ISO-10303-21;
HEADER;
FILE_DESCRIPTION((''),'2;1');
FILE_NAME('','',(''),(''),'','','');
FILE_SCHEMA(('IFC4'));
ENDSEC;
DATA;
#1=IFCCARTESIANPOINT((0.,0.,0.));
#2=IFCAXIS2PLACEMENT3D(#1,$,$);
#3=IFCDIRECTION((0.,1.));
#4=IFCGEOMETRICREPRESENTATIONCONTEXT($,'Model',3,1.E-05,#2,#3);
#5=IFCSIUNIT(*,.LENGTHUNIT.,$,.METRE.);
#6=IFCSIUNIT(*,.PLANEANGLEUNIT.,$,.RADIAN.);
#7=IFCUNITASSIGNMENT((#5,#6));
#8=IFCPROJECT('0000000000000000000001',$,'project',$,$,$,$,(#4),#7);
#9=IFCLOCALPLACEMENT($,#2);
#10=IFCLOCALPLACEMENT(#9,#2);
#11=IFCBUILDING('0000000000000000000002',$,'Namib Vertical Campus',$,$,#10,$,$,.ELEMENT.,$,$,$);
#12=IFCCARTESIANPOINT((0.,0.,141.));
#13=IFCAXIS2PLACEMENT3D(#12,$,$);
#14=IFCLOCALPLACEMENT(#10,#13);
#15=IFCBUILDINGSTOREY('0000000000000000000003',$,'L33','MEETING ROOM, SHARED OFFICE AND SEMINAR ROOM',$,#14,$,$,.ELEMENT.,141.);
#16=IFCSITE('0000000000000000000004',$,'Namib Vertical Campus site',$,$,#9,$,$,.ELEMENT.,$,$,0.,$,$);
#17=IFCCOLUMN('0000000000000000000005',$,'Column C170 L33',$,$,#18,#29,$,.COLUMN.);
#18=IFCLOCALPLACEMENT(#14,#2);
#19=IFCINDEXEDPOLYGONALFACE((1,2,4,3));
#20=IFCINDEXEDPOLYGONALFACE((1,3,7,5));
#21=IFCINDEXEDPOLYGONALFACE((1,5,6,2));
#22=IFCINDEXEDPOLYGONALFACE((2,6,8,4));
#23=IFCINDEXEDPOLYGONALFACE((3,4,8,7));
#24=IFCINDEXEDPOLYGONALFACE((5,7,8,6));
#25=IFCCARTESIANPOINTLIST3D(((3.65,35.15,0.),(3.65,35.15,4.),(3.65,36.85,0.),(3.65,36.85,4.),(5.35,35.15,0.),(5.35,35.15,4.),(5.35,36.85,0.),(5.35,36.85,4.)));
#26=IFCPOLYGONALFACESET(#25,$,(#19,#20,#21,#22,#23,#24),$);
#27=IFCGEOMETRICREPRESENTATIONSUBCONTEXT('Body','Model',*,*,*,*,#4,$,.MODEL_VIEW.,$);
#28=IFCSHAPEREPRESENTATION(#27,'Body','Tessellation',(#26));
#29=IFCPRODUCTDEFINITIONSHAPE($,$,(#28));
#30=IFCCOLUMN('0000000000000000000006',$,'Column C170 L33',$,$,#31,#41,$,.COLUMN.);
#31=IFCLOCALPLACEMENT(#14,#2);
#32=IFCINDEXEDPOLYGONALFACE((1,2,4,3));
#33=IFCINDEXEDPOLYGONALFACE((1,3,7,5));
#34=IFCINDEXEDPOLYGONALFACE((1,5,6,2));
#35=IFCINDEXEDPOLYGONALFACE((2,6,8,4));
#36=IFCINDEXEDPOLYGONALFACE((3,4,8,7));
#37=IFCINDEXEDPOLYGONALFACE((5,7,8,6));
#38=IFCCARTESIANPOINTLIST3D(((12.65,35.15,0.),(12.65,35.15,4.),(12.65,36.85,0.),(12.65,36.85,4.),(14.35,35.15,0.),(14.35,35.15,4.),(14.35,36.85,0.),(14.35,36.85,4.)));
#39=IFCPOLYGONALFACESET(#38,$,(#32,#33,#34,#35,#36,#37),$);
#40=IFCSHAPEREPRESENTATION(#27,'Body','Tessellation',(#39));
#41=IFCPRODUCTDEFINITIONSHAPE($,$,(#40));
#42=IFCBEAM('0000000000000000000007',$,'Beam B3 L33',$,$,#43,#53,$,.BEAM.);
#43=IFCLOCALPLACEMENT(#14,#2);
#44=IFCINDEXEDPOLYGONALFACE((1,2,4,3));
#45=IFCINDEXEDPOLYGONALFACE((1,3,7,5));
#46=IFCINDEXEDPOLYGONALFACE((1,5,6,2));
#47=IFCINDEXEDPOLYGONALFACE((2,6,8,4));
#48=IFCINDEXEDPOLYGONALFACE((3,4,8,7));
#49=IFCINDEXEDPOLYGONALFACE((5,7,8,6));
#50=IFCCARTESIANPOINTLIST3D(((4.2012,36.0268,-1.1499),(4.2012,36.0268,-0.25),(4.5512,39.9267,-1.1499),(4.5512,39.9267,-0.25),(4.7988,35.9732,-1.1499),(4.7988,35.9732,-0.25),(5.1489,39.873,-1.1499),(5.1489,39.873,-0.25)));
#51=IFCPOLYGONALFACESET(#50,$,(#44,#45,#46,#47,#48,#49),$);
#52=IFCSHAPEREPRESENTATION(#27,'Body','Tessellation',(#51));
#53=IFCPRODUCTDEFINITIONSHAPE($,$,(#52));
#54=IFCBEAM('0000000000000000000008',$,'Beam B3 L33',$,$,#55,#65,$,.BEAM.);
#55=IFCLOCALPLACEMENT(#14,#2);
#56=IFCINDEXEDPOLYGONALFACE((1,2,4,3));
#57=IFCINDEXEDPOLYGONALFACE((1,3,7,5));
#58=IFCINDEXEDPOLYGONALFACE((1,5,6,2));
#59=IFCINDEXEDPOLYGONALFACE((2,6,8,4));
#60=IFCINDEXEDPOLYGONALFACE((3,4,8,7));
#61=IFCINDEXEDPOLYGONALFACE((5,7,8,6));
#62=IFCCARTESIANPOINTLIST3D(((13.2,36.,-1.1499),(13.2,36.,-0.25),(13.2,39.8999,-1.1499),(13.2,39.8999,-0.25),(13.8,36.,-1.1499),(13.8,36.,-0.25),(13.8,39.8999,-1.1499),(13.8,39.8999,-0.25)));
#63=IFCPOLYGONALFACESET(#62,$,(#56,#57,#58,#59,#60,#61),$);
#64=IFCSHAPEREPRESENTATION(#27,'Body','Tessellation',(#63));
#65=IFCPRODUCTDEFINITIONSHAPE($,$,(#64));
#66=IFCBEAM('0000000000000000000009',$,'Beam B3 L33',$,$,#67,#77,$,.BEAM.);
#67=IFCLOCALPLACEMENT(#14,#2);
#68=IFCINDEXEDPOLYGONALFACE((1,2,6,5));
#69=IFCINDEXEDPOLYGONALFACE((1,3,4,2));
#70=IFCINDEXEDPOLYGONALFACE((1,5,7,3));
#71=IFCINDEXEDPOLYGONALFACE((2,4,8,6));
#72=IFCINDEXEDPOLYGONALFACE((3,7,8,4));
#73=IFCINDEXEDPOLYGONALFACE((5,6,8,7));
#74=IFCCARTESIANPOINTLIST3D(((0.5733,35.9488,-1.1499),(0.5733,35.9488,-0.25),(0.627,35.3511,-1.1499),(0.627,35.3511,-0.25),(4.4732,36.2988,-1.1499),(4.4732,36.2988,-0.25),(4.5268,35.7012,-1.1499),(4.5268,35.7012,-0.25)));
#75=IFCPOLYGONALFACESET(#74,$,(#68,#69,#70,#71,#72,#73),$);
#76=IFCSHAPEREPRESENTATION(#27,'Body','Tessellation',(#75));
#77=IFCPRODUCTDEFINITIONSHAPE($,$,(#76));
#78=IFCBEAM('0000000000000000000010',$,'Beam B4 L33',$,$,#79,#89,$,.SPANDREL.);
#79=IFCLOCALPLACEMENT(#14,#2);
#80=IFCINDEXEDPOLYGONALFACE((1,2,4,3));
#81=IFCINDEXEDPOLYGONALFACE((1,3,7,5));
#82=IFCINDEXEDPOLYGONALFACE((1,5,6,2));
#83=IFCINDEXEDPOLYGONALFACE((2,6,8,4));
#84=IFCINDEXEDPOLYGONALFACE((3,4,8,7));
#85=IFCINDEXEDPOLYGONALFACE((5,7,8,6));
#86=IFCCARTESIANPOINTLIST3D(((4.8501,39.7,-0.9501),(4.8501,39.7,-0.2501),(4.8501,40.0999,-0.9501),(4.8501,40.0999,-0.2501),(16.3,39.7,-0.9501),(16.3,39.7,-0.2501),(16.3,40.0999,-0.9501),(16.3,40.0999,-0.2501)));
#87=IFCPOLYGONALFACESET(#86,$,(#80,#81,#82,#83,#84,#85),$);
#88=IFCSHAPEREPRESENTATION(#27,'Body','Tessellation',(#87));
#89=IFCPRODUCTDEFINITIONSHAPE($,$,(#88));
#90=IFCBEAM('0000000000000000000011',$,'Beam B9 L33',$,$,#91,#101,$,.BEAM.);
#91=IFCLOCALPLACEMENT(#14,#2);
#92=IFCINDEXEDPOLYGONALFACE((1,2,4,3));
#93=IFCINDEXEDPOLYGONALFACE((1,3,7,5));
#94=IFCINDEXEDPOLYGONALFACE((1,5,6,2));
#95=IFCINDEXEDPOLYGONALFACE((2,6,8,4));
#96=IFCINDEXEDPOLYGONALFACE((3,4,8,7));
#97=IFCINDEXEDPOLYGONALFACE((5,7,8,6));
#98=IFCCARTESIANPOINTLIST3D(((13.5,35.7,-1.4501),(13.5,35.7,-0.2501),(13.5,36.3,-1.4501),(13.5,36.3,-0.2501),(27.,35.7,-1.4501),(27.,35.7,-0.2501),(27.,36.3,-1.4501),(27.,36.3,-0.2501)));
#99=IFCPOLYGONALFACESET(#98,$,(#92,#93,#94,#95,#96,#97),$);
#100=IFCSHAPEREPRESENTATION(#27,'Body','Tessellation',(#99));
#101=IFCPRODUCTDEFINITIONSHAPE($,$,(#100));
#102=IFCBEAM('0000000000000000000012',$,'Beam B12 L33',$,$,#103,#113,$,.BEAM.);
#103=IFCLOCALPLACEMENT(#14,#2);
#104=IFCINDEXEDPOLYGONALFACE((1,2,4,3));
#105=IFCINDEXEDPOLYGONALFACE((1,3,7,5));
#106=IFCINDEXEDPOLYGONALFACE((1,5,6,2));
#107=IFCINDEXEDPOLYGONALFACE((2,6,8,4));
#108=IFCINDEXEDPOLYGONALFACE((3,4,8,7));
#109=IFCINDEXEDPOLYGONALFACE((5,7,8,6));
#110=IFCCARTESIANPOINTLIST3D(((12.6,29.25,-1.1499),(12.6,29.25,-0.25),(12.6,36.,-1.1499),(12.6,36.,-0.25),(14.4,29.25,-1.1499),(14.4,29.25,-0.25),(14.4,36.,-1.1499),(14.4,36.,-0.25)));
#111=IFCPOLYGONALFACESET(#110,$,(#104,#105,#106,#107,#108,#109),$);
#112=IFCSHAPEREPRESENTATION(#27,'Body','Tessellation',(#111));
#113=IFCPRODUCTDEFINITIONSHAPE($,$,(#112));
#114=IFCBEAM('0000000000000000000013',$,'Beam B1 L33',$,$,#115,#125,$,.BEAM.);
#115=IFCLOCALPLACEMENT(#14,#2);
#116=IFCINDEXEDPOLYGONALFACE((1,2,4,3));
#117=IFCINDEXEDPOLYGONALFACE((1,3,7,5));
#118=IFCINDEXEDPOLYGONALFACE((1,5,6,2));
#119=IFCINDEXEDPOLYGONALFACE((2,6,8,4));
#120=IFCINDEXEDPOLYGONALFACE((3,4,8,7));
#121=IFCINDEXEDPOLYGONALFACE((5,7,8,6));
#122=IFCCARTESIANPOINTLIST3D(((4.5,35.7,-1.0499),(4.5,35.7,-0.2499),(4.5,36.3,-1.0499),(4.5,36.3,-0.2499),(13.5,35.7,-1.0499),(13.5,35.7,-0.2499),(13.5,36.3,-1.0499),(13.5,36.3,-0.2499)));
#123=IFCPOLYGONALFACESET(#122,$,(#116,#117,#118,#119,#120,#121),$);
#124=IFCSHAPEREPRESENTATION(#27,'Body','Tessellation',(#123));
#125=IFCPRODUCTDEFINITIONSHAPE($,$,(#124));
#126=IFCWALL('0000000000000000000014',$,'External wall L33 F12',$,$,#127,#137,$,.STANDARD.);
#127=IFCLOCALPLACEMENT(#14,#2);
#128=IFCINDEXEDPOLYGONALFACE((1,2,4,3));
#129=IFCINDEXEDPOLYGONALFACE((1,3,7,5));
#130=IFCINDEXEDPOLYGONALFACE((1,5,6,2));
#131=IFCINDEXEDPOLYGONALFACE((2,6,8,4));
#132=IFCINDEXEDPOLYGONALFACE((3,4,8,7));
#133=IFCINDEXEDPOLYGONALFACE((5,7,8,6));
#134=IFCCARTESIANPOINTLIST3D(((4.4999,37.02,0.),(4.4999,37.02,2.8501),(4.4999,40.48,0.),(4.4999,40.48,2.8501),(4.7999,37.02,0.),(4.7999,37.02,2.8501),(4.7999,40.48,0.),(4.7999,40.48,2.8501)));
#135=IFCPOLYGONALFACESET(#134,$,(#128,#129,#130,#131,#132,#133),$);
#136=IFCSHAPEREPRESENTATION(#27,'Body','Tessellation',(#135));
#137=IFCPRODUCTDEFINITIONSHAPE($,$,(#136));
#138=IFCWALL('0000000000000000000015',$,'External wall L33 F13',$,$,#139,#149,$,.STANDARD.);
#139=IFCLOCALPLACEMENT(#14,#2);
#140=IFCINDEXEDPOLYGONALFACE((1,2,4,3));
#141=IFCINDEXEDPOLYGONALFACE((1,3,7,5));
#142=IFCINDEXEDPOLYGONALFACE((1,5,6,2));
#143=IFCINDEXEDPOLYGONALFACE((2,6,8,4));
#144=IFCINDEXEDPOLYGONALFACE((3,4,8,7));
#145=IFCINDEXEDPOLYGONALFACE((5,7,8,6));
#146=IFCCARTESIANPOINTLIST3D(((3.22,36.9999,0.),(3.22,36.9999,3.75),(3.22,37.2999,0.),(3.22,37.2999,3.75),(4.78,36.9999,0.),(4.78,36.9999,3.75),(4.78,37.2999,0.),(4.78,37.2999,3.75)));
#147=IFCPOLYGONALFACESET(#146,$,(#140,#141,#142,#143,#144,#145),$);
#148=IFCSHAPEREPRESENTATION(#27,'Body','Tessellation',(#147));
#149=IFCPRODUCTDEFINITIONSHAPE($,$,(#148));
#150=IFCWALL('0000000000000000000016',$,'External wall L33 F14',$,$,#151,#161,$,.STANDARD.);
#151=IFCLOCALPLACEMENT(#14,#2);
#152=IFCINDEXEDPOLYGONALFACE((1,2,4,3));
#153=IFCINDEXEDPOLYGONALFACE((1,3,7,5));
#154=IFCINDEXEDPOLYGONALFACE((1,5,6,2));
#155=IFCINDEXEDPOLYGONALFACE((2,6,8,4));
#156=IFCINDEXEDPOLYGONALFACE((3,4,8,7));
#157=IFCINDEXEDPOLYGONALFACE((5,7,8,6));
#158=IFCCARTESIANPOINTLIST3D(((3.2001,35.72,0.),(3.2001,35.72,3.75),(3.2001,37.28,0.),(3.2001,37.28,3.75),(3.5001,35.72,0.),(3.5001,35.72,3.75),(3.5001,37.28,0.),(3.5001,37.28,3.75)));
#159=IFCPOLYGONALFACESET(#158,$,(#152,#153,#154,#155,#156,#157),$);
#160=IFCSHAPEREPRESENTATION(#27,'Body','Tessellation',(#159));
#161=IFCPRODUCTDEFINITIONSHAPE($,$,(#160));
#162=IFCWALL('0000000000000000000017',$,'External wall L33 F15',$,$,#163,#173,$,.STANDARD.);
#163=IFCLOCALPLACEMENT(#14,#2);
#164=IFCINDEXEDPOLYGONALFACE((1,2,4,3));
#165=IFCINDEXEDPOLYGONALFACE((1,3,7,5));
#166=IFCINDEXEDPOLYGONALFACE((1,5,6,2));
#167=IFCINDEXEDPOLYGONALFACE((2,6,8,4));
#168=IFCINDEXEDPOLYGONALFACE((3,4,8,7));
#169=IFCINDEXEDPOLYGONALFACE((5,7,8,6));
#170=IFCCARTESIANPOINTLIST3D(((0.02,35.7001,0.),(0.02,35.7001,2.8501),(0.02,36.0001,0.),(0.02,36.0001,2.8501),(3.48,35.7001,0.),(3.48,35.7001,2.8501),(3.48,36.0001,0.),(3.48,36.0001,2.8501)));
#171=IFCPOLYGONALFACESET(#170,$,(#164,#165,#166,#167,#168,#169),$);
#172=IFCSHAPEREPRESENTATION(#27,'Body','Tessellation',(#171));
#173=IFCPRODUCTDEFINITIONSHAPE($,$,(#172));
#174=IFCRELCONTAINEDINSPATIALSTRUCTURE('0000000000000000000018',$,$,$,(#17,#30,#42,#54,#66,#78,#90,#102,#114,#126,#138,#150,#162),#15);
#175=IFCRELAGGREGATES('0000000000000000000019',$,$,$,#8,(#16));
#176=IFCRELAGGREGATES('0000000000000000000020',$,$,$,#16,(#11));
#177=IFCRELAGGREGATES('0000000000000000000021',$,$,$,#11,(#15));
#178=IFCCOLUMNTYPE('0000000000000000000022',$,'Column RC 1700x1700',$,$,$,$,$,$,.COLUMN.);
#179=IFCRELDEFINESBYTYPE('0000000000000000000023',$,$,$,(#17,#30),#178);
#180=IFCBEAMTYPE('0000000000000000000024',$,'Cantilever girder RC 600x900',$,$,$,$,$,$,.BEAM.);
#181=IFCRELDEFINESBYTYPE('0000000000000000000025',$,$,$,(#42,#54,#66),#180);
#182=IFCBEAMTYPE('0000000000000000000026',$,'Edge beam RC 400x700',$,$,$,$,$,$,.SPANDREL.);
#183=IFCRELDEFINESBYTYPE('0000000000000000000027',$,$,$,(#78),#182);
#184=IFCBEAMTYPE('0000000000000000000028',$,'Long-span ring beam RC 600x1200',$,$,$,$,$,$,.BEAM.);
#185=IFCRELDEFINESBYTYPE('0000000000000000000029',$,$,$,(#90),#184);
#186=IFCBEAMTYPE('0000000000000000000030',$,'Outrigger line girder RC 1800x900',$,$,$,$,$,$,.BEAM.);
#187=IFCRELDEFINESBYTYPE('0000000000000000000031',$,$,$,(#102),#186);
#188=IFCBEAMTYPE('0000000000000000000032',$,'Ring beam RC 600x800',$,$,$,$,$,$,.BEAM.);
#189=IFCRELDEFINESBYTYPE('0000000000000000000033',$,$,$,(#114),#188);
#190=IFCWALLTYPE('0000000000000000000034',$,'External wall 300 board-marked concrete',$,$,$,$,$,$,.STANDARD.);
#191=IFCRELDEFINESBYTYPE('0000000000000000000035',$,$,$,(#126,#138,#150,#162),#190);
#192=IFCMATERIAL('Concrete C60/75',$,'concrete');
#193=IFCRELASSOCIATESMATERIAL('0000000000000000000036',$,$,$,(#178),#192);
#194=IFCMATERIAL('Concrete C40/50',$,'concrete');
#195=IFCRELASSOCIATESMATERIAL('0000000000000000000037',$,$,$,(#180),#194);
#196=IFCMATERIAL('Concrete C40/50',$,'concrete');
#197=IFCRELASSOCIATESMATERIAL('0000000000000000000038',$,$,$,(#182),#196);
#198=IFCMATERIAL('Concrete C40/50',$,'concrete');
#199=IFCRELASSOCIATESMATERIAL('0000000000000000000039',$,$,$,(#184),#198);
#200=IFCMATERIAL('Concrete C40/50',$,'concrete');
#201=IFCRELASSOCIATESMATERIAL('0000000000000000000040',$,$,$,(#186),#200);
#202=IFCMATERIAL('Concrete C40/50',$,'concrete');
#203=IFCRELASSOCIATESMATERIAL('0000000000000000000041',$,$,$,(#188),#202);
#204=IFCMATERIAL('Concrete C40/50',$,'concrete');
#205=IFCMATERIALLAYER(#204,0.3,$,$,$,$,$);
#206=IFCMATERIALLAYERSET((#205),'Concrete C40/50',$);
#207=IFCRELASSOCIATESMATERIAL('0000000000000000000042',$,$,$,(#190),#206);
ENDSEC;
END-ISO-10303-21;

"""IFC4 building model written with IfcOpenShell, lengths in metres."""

from ifc_helpers import new_model, si_unit, direction, frame, frame_2d, origin, origin_2d, place, context, subcontext, project, spatial, rectangle, extrude, material, layer, layer_set, material_profile, profile_set, type_object, element, save


model = new_model("IFC4")

# Units and contexts
model_context = context("Model", 3, precision=1e-05, world=origin(), true_north=direction((0.0, 1.0)))
body_context = subcontext(model_context, "Body", "Model", "MODEL_VIEW")
ifc_project = project(units=[si_unit("LENGTHUNIT", "METRE"), si_unit("PLANEANGLEUNIT", "RADIAN")], contexts=[model_context])

# Site, building, storey
site_placement = place(None, origin())
site = spatial("IfcSite", under=ifc_project, at=site_placement, Name="Namib Vertical Campus site", CompositionType="ELEMENT", RefElevation=0.0)
building_placement = place(site_placement, origin())
building = spatial("IfcBuilding", under=site, at=building_placement, Name="Namib Vertical Campus", CompositionType="ELEMENT")
storey_placement = place(building_placement, frame((0.0, 0.0, 141.0)))
storey = spatial("IfcBuildingStorey", under=building, at=storey_placement, Name="L33", Description="MEETING ROOM, SHARED OFFICE AND SEMINAR ROOM", CompositionType="ELEMENT", Elevation=141.0)

# Columns
ifc_material_1 = material(Name="Concrete C60/75", Category="concrete")
ifc_material_profile_1 = material_profile(ifc_material_1, rectangle(XDim=1.7, YDim=1.7, at=origin_2d()))
ifc_profile_set_1 = profile_set([ifc_material_profile_1], Name="Concrete C60/75")
column_type = type_object("IfcColumnType", Name="Column RC 1700x1700", PredefinedType="COLUMN", material=ifc_profile_set_1)
for number, where, z_axis, x_axis, name in (
    (1, (4.5, 36.0, 0.0), (0.0, 0.0, 1.0), (1.0, 0.0, 0.0), "Column C170 L33"),
    (2, (13.5, 36.0, 0.0), (0.0, 0.0, 1.0), (1.0, 0.0, 0.0), "Column C170 L33"),
):
    element("IfcColumn", number, at=place(storey_placement, frame(where, z_axis=z_axis, x_axis=x_axis)), inside=storey, type_object=column_type, Name=name, PredefinedType="COLUMN", context=body_context, shape_type="SweptSolid", body=[
        extrude(rectangle(XDim=1.7, YDim=1.7, at=origin_2d()), origin(), (0.0, 0.0, 1.0), 4.0),
    ])

# Beams
ifc_material_2 = material(Name="Concrete C40/50", Category="concrete")
ifc_material_profile_2 = material_profile(ifc_material_2, rectangle(XDim=0.6001, YDim=0.8999, at=origin_2d()))
ifc_profile_set_2 = profile_set([ifc_material_profile_2], Name="Concrete C40/50")
beam_type_1 = type_object("IfcBeamType", Name="Cantilever girder RC 600x900", PredefinedType="BEAM", material=ifc_profile_set_2)
beam_1_placement = place(storey_placement, frame((4.5, 36.0, -0.7), z_axis=(0.089411, 0.995995, 0.0), x_axis=(-0.995995, 0.089411, 0.0)))
element("IfcBeam", 3, at=beam_1_placement, inside=storey, type_object=beam_type_1, Name="Beam B3 L33", PredefinedType="BEAM", context=body_context, shape_type="SweptSolid", body=[
    extrude(rectangle(XDim=0.6001, YDim=0.8999, at=origin_2d()), origin(), (0.0, 0.0, 1.0), 3.9155),
])
beam_2_placement = place(storey_placement, frame((13.5, 36.0, -0.7), z_axis=(0.0, 1.0, 0.0), x_axis=(-1.0, 0.0, 0.0)))
element("IfcBeam", 4, at=beam_2_placement, inside=storey, type_object=beam_type_1, Name="Beam B3 L33", PredefinedType="BEAM", context=body_context, shape_type="SweptSolid", body=[
    extrude(rectangle(XDim=0.6001, YDim=0.8999, at=origin_2d()), origin(), (0.0, 0.0, 1.0), 3.8999),
])
beam_3_placement = place(storey_placement, frame((4.5, 36.0, -0.7), z_axis=(-0.995995, -0.089411, 0.0), x_axis=(0.089411, -0.995995, 0.0)))
element("IfcBeam", 5, at=beam_3_placement, inside=storey, type_object=beam_type_1, Name="Beam B3 L33", PredefinedType="BEAM", context=body_context, shape_type="SweptSolid", body=[
    extrude(rectangle(XDim=0.6001, YDim=0.8999, at=origin_2d()), origin(), (0.0, 0.0, 1.0), 3.9155),
])
ifc_material_3 = material(Name="Concrete C40/50", Category="concrete")
ifc_material_profile_3 = material_profile(ifc_material_3, rectangle(XDim=0.3999, YDim=0.7, at=origin_2d()))
ifc_profile_set_3 = profile_set([ifc_material_profile_3], Name="Concrete C40/50")
beam_type_2 = type_object("IfcBeamType", Name="Edge beam RC 400x700", PredefinedType="SPANDREL", material=ifc_profile_set_3)
beam_4_placement = place(storey_placement, frame((4.8501, 39.8999, -0.6001), z_axis=(1.0, 0.0, 0.0), x_axis=(0.0, 1.0, 0.0)))
element("IfcBeam", 6, at=beam_4_placement, inside=storey, type_object=beam_type_2, Name="Beam B4 L33", PredefinedType="SPANDREL", context=body_context, shape_type="SweptSolid", body=[
    extrude(rectangle(XDim=0.3999, YDim=0.7, at=origin_2d()), origin(), (0.0, 0.0, 1.0), 11.45),
])
ifc_material_4 = material(Name="Concrete C40/50", Category="concrete")
ifc_material_profile_4 = material_profile(ifc_material_4, rectangle(XDim=0.6001, YDim=1.2, at=origin_2d()))
ifc_profile_set_4 = profile_set([ifc_material_profile_4], Name="Concrete C40/50")
beam_type_3 = type_object("IfcBeamType", Name="Long-span ring beam RC 600x1200", PredefinedType="BEAM", material=ifc_profile_set_4)
beam_5_placement = place(storey_placement, frame((13.5, 36.0, -0.8501), z_axis=(1.0, 0.0, 0.0), x_axis=(0.0, 1.0, 0.0)))
element("IfcBeam", 7, at=beam_5_placement, inside=storey, type_object=beam_type_3, Name="Beam B9 L33", PredefinedType="BEAM", context=body_context, shape_type="SweptSolid", body=[
    extrude(rectangle(XDim=0.6001, YDim=1.2, at=origin_2d()), origin(), (0.0, 0.0, 1.0), 13.5),
])
ifc_material_5 = material(Name="Concrete C40/50", Category="concrete")
ifc_material_profile_5 = material_profile(ifc_material_5, rectangle(XDim=1.8, YDim=0.8999, at=origin_2d()))
ifc_profile_set_5 = profile_set([ifc_material_profile_5], Name="Concrete C40/50")
beam_type_4 = type_object("IfcBeamType", Name="Outrigger line girder RC 1800x900", PredefinedType="BEAM", material=ifc_profile_set_5)
beam_6_placement = place(storey_placement, frame((13.5, 36.0, -0.7), z_axis=(0.0, -1.0, 0.0), x_axis=(1.0, 0.0, 0.0)))
element("IfcBeam", 8, at=beam_6_placement, inside=storey, type_object=beam_type_4, Name="Beam B12 L33", PredefinedType="BEAM", context=body_context, shape_type="SweptSolid", body=[
    extrude(rectangle(XDim=1.8, YDim=0.8999, at=origin_2d()), origin(), (0.0, 0.0, 1.0), 6.75),
])
ifc_material_6 = material(Name="Concrete C40/50", Category="concrete")
ifc_material_profile_6 = material_profile(ifc_material_6, rectangle(XDim=0.6001, YDim=0.8, at=origin_2d()))
ifc_profile_set_6 = profile_set([ifc_material_profile_6], Name="Concrete C40/50")
beam_type_5 = type_object("IfcBeamType", Name="Ring beam RC 600x800", PredefinedType="BEAM", material=ifc_profile_set_6)
beam_7_placement = place(storey_placement, frame((4.5, 36.0, -0.6499), z_axis=(1.0, 0.0, 0.0), x_axis=(0.0, 1.0, 0.0)))
element("IfcBeam", 9, at=beam_7_placement, inside=storey, type_object=beam_type_5, Name="Beam B1 L33", PredefinedType="BEAM", context=body_context, shape_type="SweptSolid", body=[
    extrude(rectangle(XDim=0.6001, YDim=0.8, at=origin_2d()), origin(), (0.0, 0.0, 1.0), 9.0),
])

# Walls
ifc_material_7 = material(Name="Concrete C40/50", Category="concrete")
ifc_layer_1 = layer(ifc_material_7, 0.3)
ifc_layer_set_1 = layer_set([ifc_layer_1], Name="Concrete C40/50")
wall_type_1 = type_object("IfcWallType", Name="External wall 300 board-marked concrete", PredefinedType="STANDARD", material=ifc_layer_set_1)
wall_1_placement = place(storey_placement, frame((4.6499, 40.48, 0.0), z_axis=(0.0, 0.0, 1.0), x_axis=(0.0, -1.0, 0.0)))
element("IfcWall", 10, at=wall_1_placement, inside=storey, type_object=wall_type_1, Name="External wall L33 F12", PredefinedType="STANDARD", context=body_context, shape_type="SweptSolid", body=[
    extrude(rectangle(XDim=3.46, YDim=0.3, at=frame_2d((1.73, 0.0))), origin(), (0.0, 0.0, 1.0), 2.8501),
])
for number, where, z_axis, x_axis, name in (
    (11, (4.78, 37.1499, 0.0), (0.0, 0.0, 1.0), (-1.0, 0.0, 0.0), "External wall L33 F13"),
    (12, (3.3501, 37.28, 0.0), (0.0, 0.0, 1.0), (0.0, -1.0, 0.0), "External wall L33 F14"),
):
    element("IfcWall", number, at=place(storey_placement, frame(where, z_axis=z_axis, x_axis=x_axis)), inside=storey, type_object=wall_type_1, Name=name, PredefinedType="STANDARD", context=body_context, shape_type="SweptSolid", body=[
        extrude(rectangle(XDim=1.5601, YDim=0.3, at=frame_2d((0.78, 0.0))), origin(), (0.0, 0.0, 1.0), 3.75),
    ])
wall_2_placement = place(storey_placement, frame((3.48, 35.8501, 0.0), z_axis=(0.0, 0.0, 1.0), x_axis=(-1.0, 0.0, 0.0)))
element("IfcWall", 13, at=wall_2_placement, inside=storey, type_object=wall_type_1, Name="External wall L33 F15", PredefinedType="STANDARD", context=body_context, shape_type="SweptSolid", body=[
    extrude(rectangle(XDim=3.46, YDim=0.3, at=frame_2d((1.73, 0.0))), origin(), (0.0, 0.0, 1.0), 2.8501),
])

save(model, "model.ifc")
